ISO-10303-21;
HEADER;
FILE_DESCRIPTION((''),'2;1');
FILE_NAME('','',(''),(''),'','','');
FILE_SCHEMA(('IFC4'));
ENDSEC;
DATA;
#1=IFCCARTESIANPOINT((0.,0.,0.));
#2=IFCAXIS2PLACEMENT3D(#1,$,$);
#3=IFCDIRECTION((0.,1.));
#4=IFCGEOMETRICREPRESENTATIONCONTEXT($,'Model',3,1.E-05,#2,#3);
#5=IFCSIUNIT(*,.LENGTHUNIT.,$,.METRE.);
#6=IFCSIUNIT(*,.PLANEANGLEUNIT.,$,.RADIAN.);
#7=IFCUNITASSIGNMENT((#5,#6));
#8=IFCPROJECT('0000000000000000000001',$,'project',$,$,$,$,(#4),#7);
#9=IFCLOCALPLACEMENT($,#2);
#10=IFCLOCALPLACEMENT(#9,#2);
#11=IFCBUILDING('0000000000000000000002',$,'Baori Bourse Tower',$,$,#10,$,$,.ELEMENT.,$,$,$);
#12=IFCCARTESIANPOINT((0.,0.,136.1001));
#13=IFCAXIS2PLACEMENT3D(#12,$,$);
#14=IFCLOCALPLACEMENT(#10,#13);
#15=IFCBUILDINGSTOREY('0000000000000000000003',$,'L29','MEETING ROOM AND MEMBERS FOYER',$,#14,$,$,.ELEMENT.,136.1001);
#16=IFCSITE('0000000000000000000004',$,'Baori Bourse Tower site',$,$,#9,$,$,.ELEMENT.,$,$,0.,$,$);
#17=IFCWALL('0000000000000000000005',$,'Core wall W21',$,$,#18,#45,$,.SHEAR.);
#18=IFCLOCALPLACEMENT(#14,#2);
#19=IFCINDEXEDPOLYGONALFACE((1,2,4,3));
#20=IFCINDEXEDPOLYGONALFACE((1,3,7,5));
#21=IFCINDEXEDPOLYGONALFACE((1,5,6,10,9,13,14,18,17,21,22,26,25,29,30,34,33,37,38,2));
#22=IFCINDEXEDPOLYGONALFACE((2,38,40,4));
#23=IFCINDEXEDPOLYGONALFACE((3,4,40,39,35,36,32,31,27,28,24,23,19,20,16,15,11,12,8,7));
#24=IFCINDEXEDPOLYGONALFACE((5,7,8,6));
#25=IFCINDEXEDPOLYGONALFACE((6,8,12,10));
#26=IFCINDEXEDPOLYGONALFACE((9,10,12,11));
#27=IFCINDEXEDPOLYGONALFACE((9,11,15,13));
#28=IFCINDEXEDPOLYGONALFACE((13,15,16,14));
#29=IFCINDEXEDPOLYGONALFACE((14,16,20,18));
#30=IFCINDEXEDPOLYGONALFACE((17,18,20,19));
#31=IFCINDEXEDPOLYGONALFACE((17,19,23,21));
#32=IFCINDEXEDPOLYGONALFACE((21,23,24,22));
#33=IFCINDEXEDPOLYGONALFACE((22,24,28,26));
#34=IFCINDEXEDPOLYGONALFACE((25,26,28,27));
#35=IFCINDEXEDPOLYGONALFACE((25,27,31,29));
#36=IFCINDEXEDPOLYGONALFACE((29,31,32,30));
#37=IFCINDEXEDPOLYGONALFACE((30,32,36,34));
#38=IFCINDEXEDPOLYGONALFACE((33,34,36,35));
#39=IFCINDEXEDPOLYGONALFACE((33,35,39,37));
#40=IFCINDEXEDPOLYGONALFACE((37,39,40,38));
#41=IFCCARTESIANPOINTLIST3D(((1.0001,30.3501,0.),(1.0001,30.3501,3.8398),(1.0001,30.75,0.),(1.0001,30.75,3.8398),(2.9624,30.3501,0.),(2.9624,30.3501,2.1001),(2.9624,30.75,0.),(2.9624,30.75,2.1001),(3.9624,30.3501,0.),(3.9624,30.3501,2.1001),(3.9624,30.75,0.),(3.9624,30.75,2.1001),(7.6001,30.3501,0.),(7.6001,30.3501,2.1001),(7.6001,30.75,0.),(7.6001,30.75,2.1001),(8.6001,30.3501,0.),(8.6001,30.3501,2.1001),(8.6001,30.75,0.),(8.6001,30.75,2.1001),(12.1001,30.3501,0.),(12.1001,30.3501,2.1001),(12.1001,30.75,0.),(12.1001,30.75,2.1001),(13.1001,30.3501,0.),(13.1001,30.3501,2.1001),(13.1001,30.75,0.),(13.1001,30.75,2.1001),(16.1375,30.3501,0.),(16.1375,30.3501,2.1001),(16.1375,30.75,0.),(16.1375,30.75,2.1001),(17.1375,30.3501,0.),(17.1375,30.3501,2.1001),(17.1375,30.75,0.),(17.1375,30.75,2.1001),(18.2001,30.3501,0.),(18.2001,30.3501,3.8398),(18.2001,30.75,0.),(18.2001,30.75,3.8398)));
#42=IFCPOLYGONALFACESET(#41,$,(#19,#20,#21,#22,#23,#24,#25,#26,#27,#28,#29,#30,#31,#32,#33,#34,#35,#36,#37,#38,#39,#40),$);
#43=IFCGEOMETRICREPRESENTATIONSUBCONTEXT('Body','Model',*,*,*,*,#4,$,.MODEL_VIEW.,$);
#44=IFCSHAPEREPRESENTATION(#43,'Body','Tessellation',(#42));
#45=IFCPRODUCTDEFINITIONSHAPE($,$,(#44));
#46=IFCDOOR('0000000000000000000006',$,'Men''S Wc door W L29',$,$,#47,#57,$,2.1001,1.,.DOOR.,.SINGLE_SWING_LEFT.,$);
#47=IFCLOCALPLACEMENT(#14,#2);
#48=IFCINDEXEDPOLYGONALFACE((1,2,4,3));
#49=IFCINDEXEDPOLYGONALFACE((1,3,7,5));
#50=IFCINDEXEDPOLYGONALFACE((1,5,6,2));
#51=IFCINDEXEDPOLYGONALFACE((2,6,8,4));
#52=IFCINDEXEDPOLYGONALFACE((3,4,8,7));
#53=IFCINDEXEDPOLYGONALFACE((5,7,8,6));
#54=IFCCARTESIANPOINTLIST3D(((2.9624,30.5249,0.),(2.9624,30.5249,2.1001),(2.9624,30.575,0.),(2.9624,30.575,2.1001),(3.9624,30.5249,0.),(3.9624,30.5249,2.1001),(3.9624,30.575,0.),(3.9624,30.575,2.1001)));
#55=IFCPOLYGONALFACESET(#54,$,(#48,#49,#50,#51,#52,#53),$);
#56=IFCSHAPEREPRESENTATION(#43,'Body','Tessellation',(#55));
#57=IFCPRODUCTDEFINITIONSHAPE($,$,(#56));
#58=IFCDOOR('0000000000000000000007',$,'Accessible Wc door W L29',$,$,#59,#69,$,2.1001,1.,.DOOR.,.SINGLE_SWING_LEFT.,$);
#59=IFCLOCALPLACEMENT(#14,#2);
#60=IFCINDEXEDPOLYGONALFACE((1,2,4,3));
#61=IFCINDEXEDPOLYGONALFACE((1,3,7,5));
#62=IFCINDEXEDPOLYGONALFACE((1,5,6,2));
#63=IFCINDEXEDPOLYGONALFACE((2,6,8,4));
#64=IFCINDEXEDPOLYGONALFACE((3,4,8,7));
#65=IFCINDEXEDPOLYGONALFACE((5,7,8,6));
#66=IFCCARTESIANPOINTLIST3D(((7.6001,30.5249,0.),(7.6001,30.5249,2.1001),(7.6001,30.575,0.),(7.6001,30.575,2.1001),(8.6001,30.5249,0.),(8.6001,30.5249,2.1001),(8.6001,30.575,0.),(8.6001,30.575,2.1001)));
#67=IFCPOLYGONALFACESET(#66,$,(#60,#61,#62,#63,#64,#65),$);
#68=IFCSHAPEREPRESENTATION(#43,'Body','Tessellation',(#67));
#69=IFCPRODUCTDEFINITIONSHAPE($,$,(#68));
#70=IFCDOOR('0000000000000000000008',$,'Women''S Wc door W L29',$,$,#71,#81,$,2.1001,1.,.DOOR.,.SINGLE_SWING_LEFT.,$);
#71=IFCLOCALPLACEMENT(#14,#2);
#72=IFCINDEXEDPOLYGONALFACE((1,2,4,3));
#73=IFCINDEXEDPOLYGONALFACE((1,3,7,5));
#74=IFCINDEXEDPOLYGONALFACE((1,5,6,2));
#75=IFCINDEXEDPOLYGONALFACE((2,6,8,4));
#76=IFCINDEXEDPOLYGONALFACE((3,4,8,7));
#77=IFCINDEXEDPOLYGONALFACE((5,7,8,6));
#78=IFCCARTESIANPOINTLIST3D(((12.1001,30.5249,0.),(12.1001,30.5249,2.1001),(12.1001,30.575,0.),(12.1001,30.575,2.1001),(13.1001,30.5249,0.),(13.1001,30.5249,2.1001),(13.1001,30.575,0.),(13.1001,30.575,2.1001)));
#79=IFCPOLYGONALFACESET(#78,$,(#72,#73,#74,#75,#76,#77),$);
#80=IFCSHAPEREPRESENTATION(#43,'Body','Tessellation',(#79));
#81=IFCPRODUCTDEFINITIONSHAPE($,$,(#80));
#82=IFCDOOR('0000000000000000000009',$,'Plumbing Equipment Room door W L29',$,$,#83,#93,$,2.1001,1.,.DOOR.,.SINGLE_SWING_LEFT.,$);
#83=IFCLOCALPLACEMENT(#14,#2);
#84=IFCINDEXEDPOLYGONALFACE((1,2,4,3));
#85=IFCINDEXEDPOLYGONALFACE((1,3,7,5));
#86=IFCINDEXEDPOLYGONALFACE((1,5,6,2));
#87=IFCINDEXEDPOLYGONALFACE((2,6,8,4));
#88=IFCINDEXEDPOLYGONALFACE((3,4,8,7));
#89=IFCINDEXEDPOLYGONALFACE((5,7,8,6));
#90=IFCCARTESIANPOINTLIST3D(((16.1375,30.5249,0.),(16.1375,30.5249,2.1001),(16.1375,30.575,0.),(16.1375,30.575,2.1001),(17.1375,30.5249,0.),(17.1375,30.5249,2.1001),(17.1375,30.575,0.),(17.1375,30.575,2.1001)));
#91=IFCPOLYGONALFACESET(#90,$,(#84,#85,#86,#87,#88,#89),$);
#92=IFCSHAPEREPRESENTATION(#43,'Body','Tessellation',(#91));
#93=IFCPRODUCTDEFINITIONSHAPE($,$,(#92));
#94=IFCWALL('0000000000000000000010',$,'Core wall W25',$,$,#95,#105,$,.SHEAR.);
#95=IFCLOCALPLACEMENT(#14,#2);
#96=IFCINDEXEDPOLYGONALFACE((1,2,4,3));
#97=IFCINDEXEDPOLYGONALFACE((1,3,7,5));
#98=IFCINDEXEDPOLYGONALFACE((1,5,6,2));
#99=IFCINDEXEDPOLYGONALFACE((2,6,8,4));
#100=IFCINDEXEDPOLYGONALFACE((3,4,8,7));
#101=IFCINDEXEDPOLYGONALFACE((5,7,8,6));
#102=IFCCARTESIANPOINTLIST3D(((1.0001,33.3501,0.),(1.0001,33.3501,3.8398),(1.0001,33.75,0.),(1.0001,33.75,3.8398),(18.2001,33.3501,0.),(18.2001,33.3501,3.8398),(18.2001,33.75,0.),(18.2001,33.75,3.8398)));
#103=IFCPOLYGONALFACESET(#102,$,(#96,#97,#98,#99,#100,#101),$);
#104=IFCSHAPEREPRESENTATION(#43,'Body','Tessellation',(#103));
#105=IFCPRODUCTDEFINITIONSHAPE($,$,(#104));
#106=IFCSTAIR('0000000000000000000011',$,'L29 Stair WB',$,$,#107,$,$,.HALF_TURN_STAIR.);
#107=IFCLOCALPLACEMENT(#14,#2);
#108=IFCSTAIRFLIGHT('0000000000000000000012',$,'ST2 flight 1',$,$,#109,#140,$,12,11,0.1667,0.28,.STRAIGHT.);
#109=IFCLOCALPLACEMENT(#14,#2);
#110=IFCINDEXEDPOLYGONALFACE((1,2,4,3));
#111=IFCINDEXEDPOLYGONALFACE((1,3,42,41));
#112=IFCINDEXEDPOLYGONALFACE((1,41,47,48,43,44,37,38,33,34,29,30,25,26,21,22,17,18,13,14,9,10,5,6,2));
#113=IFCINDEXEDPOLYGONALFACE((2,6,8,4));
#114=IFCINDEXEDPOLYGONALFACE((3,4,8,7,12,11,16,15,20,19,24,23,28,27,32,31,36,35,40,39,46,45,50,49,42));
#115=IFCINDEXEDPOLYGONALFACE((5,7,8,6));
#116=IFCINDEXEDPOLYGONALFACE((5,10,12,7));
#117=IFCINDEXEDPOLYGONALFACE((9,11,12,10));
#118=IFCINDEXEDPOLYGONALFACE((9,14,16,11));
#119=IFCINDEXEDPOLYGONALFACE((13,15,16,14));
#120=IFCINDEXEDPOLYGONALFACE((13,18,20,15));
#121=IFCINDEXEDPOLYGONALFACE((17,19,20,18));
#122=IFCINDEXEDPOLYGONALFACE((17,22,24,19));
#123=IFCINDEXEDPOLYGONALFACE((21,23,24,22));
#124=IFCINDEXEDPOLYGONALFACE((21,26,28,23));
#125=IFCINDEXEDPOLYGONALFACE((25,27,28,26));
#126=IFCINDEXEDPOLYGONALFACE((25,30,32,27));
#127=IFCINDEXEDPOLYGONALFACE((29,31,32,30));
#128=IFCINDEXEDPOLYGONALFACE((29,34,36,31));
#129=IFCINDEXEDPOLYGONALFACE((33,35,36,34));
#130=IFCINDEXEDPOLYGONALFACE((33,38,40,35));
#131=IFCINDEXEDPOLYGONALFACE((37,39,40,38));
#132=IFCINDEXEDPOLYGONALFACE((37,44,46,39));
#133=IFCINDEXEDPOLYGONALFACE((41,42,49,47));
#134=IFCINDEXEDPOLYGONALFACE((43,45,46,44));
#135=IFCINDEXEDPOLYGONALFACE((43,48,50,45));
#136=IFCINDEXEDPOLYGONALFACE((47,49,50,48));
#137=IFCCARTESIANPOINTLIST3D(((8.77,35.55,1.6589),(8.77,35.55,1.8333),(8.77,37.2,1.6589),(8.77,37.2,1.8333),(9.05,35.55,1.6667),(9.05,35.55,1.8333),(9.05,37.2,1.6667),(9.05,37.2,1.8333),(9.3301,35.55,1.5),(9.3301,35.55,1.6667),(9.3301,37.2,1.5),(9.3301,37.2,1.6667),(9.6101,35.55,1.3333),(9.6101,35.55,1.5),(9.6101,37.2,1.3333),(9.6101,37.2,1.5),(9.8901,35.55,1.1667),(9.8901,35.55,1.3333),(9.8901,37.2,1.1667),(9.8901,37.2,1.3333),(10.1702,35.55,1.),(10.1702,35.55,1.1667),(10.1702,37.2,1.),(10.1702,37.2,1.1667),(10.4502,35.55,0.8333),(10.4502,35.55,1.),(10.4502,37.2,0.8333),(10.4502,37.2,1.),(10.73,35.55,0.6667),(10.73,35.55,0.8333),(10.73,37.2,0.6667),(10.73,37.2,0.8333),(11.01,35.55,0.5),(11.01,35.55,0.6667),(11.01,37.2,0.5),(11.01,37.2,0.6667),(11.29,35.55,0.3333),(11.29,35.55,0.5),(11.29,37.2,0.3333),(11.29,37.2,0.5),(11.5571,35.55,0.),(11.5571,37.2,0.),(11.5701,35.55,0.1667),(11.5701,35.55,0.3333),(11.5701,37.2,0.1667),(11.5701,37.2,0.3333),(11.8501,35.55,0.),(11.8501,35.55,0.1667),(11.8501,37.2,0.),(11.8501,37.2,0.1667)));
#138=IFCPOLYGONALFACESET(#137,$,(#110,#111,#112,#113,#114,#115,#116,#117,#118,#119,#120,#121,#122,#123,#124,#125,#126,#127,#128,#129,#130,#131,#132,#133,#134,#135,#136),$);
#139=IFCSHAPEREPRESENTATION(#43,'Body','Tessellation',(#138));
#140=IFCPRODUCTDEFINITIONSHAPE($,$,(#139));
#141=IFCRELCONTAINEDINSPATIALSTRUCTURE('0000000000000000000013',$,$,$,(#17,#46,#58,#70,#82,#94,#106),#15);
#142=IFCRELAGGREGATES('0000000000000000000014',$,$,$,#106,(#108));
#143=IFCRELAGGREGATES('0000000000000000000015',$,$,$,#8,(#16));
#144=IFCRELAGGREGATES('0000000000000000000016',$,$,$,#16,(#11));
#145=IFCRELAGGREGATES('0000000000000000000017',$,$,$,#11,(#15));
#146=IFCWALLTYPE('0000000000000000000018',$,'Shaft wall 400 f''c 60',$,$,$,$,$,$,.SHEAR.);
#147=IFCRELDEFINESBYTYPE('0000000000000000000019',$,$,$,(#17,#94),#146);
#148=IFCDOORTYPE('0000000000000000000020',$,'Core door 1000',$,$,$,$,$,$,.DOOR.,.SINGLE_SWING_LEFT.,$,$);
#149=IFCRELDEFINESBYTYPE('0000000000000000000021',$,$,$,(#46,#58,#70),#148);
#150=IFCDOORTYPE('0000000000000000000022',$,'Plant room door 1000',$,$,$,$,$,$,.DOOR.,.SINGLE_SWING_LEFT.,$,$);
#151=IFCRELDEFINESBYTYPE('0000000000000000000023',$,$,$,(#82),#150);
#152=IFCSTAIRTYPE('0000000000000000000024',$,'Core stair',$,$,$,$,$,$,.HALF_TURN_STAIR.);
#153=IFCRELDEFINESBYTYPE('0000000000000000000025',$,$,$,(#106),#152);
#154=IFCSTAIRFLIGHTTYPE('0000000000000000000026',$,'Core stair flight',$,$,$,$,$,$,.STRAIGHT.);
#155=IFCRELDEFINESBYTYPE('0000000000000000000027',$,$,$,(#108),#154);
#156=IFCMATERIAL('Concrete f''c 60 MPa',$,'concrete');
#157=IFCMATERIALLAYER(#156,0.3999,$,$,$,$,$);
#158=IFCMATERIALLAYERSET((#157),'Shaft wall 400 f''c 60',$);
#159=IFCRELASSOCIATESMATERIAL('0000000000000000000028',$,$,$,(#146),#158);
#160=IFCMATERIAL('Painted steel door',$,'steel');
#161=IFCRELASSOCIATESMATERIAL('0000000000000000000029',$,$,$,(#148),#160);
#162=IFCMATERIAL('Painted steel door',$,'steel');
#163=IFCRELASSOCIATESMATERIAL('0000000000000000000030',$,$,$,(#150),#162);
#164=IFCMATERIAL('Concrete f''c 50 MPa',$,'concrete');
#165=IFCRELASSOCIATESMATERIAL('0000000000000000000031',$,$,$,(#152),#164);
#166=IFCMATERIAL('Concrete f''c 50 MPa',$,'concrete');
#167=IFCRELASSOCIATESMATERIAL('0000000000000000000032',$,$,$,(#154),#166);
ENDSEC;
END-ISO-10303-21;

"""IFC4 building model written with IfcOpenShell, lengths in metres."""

from ifc_helpers import new_model, si_unit, direction, frame, frame_2d, origin, place, context, subcontext, project, spatial, polyline, rectangle, outline, extrude, material, layer, layer_set, type_object, element, fill, aggregate, save


model = new_model("IFC4")

# Units and contexts
model_context = context("Model", 3, precision=1e-05, world=origin(), true_north=direction((0.0, 1.0)))
body_context = subcontext(model_context, "Body", "Model", "MODEL_VIEW")
ifc_project = project(units=[si_unit("LENGTHUNIT", "METRE"), si_unit("PLANEANGLEUNIT", "RADIAN")], contexts=[model_context])

# Site, building, storey
site_placement = place(None, origin())
site = spatial("IfcSite", under=ifc_project, at=site_placement, Name="Baori Bourse Tower site", CompositionType="ELEMENT", RefElevation=0.0)
building_placement = place(site_placement, origin())
building = spatial("IfcBuilding", under=site, at=building_placement, Name="Baori Bourse Tower", CompositionType="ELEMENT")
storey_placement = place(building_placement, frame((0.0, 0.0, 136.1001)))
storey = spatial("IfcBuildingStorey", under=building, at=storey_placement, Name="L29", Description="MEETING ROOM AND MEMBERS FOYER", CompositionType="ELEMENT", Elevation=136.1001)

# Wall, openings, doors
ifc_material_1 = material(Name="Concrete f'c 60 MPa", Category="concrete")
ifc_layer_1 = layer(ifc_material_1, 0.3999)
ifc_layer_set_1 = layer_set([ifc_layer_1], Name="Shaft wall 400 f'c 60")
wall_type_1 = type_object("IfcWallType", Name="Shaft wall 400 f'c 60", PredefinedType="SHEAR", material=ifc_layer_set_1)
wall_1_placement = place(storey_placement, frame((1.0, 30.55, 0.0), z_axis=(0.0, 0.0, 1.0), x_axis=(1.0, 0.0, 0.0)))
wall_1 = element("IfcWall", 1, at=wall_1_placement, inside=storey, type_object=wall_type_1, Name="Core wall W21", PredefinedType="SHEAR", context=body_context, shape_type="SweptSolid", body=[
    extrude(rectangle(XDim=17.2, YDim=0.3999, at=frame_2d((8.6001, 0.0))), origin(), (0.0, 0.0, 1.0), 3.8398),
])
opening_1_placement = place(wall_1_placement, frame((1.9624, 0.0, 0.0)))
opening_1 = element("IfcOpeningElement", 2, at=opening_1_placement, cuts=wall_1, PredefinedType="OPENING", context=body_context, shape_type="SweptSolid", body=[
    extrude(rectangle(XDim=1.0, YDim=2.1001, at=frame_2d((0.5, 1.05))), frame((0.0, 0.21, 0.0), z_axis=(0.0, -1.0, 0.0), x_axis=(1.0, 0.0, 0.0)), (0.0, 0.0, 1.0), 0.4199),
])
opening_2_placement = place(wall_1_placement, frame((6.6001, 0.0, 0.0)))
opening_2 = element("IfcOpeningElement", 3, at=opening_2_placement, cuts=wall_1, PredefinedType="OPENING", context=body_context, shape_type="SweptSolid", body=[
    extrude(rectangle(XDim=1.0, YDim=2.1001, at=frame_2d((0.5, 1.05))), frame((0.0, 0.21, 0.0), z_axis=(0.0, -1.0, 0.0), x_axis=(1.0, 0.0, 0.0)), (0.0, 0.0, 1.0), 0.4199),
])
opening_3_placement = place(wall_1_placement, frame((11.1001, 0.0, 0.0)))
opening_3 = element("IfcOpeningElement", 4, at=opening_3_placement, cuts=wall_1, PredefinedType="OPENING", context=body_context, shape_type="SweptSolid", body=[
    extrude(rectangle(XDim=1.0, YDim=2.1001, at=frame_2d((0.5, 1.05))), frame((0.0, 0.21, 0.0), z_axis=(0.0, -1.0, 0.0), x_axis=(1.0, 0.0, 0.0)), (0.0, 0.0, 1.0), 0.4199),
])
opening_4_placement = place(wall_1_placement, frame((15.1375, 0.0, 0.0)))
opening_4 = element("IfcOpeningElement", 5, at=opening_4_placement, cuts=wall_1, PredefinedType="OPENING", context=body_context, shape_type="SweptSolid", body=[
    extrude(rectangle(XDim=1.0, YDim=2.1001, at=frame_2d((0.5, 1.05))), frame((0.0, 0.21, 0.0), z_axis=(0.0, -1.0, 0.0), x_axis=(1.0, 0.0, 0.0)), (0.0, 0.0, 1.0), 0.4199),
])
ifc_material_2 = material(Name="Painted steel door", Category="steel")
door_type_1 = type_object("IfcDoorType", Name="Core door 1000", OperationType="SINGLE_SWING_LEFT", PredefinedType="DOOR", material=ifc_material_2)
door_1_placement = place(opening_1_placement, origin())
door_1 = element("IfcDoor", 6, at=door_1_placement, inside=storey, type_object=door_type_1, Name="Men'S Wc door W L29", OperationType="SINGLE_SWING_LEFT", OverallHeight=2.1001, OverallWidth=1.0, PredefinedType="DOOR", context=body_context, shape_type="SweptSolid", body=[
    extrude(rectangle(XDim=1.0, YDim=2.1001, at=frame_2d((0.5, 1.05))), frame((0.0, 0.0249, 0.0), z_axis=(0.0, -1.0, 0.0), x_axis=(1.0, 0.0, 0.0)), (0.0, 0.0, 1.0), 0.05),
])
fill(opening_1, door_1)
door_2_placement = place(opening_2_placement, origin())
door_2 = element("IfcDoor", 7, at=door_2_placement, inside=storey, type_object=door_type_1, Name="Accessible Wc door W L29", OperationType="SINGLE_SWING_LEFT", OverallHeight=2.1001, OverallWidth=1.0, PredefinedType="DOOR", context=body_context, shape_type="SweptSolid", body=[
    extrude(rectangle(XDim=1.0, YDim=2.1001, at=frame_2d((0.5, 1.05))), frame((0.0, 0.0249, 0.0), z_axis=(0.0, -1.0, 0.0), x_axis=(1.0, 0.0, 0.0)), (0.0, 0.0, 1.0), 0.05),
])
fill(opening_2, door_2)
door_3_placement = place(opening_3_placement, origin())
door_3 = element("IfcDoor", 8, at=door_3_placement, inside=storey, type_object=door_type_1, Name="Women'S Wc door W L29", OperationType="SINGLE_SWING_LEFT", OverallHeight=2.1001, OverallWidth=1.0, PredefinedType="DOOR", context=body_context, shape_type="SweptSolid", body=[
    extrude(rectangle(XDim=1.0, YDim=2.1001, at=frame_2d((0.5, 1.05))), frame((0.0, 0.0249, 0.0), z_axis=(0.0, -1.0, 0.0), x_axis=(1.0, 0.0, 0.0)), (0.0, 0.0, 1.0), 0.05),
])
fill(opening_3, door_3)
ifc_material_3 = material(Name="Painted steel door", Category="steel")
door_type_2 = type_object("IfcDoorType", Name="Plant room door 1000", OperationType="SINGLE_SWING_LEFT", PredefinedType="DOOR", material=ifc_material_3)
door_4_placement = place(opening_4_placement, origin())
door_4 = element("IfcDoor", 9, at=door_4_placement, inside=storey, type_object=door_type_2, Name="Plumbing Equipment Room door W L29", OperationType="SINGLE_SWING_LEFT", OverallHeight=2.1001, OverallWidth=1.0, PredefinedType="DOOR", context=body_context, shape_type="SweptSolid", body=[
    extrude(rectangle(XDim=1.0, YDim=2.1001, at=frame_2d((0.5, 1.05))), frame((0.0, 0.0249, 0.0), z_axis=(0.0, -1.0, 0.0), x_axis=(1.0, 0.0, 0.0)), (0.0, 0.0, 1.0), 0.05),
])
fill(opening_4, door_4)

# Wall
wall_2_placement = place(storey_placement, frame((1.0, 33.55, 0.0), z_axis=(0.0, 0.0, 1.0), x_axis=(1.0, 0.0, 0.0)))
element("IfcWall", 10, at=wall_2_placement, inside=storey, type_object=wall_type_1, Name="Core wall W25", PredefinedType="SHEAR", context=body_context, shape_type="SweptSolid", body=[
    extrude(rectangle(XDim=17.2, YDim=0.3999, at=frame_2d((8.6001, 0.0))), origin(), (0.0, 0.0, 1.0), 3.8398),
])

# Stair, stair flight
ifc_material_4 = material(Name="Concrete f'c 50 MPa", Category="concrete")
stair_type = type_object("IfcStairType", Name="Core stair", PredefinedType="HALF_TURN_STAIR", material=ifc_material_4)
stair_placement = place(storey_placement, origin())
stair = element("IfcStair", 11, at=stair_placement, inside=storey, type_object=stair_type, Name="L29 Stair WB", PredefinedType="HALF_TURN_STAIR")
ifc_material_5 = material(Name="Concrete f'c 50 MPa", Category="concrete")
stair_flight_type = type_object("IfcStairFlightType", Name="Core stair flight", PredefinedType="STRAIGHT", material=ifc_material_5)
stair_flight_1_placement = place(storey_placement, frame((11.8501, 36.375, 0.0), z_axis=(0.0, 0.0, 1.0), x_axis=(-1.0, 0.0, 0.0)))
stair_flight_1 = element("IfcStairFlight", 12, at=stair_flight_1_placement, type_object=stair_flight_type, Name="ST2 flight 1", NumberOfRisers=12, NumberOfTreads=11, PredefinedType="STRAIGHT", RiserHeight=0.1667, TreadLength=0.28, context=body_context, shape_type="SweptSolid", body=[
    extrude(outline(polyline([(0.0, 0.0), (0.0, 0.1667), (0.28, 0.1667), (0.28, 0.3333), (0.5601, 0.3333), (0.5601, 0.5), (0.8401, 0.5), (0.8401, 0.6667), (1.1201, 0.6667), (1.1201, 0.8333), (1.3999, 0.8333), (1.3999, 1.0), (1.6799, 1.0), (1.6799, 1.1667), (1.96, 1.1667), (1.96, 1.3333), (2.24, 1.3333), (2.24, 1.5), (2.52, 1.5), (2.52, 1.6667), (2.8, 1.6667), (2.8, 1.8333), (3.0801, 1.8333), (3.0801, 2.0), (3.0801, 1.6589), (0.293, 0.0), (0.0, 0.0)])), frame((0.0, 0.825, 0.0), z_axis=(0.0, -1.0, 0.0), x_axis=(1.0, 0.0, 0.0)), (0.0, 0.0, 1.0), 1.6499),
])
aggregate(stair, [stair_flight_1])

save(model, "model.ifc")
